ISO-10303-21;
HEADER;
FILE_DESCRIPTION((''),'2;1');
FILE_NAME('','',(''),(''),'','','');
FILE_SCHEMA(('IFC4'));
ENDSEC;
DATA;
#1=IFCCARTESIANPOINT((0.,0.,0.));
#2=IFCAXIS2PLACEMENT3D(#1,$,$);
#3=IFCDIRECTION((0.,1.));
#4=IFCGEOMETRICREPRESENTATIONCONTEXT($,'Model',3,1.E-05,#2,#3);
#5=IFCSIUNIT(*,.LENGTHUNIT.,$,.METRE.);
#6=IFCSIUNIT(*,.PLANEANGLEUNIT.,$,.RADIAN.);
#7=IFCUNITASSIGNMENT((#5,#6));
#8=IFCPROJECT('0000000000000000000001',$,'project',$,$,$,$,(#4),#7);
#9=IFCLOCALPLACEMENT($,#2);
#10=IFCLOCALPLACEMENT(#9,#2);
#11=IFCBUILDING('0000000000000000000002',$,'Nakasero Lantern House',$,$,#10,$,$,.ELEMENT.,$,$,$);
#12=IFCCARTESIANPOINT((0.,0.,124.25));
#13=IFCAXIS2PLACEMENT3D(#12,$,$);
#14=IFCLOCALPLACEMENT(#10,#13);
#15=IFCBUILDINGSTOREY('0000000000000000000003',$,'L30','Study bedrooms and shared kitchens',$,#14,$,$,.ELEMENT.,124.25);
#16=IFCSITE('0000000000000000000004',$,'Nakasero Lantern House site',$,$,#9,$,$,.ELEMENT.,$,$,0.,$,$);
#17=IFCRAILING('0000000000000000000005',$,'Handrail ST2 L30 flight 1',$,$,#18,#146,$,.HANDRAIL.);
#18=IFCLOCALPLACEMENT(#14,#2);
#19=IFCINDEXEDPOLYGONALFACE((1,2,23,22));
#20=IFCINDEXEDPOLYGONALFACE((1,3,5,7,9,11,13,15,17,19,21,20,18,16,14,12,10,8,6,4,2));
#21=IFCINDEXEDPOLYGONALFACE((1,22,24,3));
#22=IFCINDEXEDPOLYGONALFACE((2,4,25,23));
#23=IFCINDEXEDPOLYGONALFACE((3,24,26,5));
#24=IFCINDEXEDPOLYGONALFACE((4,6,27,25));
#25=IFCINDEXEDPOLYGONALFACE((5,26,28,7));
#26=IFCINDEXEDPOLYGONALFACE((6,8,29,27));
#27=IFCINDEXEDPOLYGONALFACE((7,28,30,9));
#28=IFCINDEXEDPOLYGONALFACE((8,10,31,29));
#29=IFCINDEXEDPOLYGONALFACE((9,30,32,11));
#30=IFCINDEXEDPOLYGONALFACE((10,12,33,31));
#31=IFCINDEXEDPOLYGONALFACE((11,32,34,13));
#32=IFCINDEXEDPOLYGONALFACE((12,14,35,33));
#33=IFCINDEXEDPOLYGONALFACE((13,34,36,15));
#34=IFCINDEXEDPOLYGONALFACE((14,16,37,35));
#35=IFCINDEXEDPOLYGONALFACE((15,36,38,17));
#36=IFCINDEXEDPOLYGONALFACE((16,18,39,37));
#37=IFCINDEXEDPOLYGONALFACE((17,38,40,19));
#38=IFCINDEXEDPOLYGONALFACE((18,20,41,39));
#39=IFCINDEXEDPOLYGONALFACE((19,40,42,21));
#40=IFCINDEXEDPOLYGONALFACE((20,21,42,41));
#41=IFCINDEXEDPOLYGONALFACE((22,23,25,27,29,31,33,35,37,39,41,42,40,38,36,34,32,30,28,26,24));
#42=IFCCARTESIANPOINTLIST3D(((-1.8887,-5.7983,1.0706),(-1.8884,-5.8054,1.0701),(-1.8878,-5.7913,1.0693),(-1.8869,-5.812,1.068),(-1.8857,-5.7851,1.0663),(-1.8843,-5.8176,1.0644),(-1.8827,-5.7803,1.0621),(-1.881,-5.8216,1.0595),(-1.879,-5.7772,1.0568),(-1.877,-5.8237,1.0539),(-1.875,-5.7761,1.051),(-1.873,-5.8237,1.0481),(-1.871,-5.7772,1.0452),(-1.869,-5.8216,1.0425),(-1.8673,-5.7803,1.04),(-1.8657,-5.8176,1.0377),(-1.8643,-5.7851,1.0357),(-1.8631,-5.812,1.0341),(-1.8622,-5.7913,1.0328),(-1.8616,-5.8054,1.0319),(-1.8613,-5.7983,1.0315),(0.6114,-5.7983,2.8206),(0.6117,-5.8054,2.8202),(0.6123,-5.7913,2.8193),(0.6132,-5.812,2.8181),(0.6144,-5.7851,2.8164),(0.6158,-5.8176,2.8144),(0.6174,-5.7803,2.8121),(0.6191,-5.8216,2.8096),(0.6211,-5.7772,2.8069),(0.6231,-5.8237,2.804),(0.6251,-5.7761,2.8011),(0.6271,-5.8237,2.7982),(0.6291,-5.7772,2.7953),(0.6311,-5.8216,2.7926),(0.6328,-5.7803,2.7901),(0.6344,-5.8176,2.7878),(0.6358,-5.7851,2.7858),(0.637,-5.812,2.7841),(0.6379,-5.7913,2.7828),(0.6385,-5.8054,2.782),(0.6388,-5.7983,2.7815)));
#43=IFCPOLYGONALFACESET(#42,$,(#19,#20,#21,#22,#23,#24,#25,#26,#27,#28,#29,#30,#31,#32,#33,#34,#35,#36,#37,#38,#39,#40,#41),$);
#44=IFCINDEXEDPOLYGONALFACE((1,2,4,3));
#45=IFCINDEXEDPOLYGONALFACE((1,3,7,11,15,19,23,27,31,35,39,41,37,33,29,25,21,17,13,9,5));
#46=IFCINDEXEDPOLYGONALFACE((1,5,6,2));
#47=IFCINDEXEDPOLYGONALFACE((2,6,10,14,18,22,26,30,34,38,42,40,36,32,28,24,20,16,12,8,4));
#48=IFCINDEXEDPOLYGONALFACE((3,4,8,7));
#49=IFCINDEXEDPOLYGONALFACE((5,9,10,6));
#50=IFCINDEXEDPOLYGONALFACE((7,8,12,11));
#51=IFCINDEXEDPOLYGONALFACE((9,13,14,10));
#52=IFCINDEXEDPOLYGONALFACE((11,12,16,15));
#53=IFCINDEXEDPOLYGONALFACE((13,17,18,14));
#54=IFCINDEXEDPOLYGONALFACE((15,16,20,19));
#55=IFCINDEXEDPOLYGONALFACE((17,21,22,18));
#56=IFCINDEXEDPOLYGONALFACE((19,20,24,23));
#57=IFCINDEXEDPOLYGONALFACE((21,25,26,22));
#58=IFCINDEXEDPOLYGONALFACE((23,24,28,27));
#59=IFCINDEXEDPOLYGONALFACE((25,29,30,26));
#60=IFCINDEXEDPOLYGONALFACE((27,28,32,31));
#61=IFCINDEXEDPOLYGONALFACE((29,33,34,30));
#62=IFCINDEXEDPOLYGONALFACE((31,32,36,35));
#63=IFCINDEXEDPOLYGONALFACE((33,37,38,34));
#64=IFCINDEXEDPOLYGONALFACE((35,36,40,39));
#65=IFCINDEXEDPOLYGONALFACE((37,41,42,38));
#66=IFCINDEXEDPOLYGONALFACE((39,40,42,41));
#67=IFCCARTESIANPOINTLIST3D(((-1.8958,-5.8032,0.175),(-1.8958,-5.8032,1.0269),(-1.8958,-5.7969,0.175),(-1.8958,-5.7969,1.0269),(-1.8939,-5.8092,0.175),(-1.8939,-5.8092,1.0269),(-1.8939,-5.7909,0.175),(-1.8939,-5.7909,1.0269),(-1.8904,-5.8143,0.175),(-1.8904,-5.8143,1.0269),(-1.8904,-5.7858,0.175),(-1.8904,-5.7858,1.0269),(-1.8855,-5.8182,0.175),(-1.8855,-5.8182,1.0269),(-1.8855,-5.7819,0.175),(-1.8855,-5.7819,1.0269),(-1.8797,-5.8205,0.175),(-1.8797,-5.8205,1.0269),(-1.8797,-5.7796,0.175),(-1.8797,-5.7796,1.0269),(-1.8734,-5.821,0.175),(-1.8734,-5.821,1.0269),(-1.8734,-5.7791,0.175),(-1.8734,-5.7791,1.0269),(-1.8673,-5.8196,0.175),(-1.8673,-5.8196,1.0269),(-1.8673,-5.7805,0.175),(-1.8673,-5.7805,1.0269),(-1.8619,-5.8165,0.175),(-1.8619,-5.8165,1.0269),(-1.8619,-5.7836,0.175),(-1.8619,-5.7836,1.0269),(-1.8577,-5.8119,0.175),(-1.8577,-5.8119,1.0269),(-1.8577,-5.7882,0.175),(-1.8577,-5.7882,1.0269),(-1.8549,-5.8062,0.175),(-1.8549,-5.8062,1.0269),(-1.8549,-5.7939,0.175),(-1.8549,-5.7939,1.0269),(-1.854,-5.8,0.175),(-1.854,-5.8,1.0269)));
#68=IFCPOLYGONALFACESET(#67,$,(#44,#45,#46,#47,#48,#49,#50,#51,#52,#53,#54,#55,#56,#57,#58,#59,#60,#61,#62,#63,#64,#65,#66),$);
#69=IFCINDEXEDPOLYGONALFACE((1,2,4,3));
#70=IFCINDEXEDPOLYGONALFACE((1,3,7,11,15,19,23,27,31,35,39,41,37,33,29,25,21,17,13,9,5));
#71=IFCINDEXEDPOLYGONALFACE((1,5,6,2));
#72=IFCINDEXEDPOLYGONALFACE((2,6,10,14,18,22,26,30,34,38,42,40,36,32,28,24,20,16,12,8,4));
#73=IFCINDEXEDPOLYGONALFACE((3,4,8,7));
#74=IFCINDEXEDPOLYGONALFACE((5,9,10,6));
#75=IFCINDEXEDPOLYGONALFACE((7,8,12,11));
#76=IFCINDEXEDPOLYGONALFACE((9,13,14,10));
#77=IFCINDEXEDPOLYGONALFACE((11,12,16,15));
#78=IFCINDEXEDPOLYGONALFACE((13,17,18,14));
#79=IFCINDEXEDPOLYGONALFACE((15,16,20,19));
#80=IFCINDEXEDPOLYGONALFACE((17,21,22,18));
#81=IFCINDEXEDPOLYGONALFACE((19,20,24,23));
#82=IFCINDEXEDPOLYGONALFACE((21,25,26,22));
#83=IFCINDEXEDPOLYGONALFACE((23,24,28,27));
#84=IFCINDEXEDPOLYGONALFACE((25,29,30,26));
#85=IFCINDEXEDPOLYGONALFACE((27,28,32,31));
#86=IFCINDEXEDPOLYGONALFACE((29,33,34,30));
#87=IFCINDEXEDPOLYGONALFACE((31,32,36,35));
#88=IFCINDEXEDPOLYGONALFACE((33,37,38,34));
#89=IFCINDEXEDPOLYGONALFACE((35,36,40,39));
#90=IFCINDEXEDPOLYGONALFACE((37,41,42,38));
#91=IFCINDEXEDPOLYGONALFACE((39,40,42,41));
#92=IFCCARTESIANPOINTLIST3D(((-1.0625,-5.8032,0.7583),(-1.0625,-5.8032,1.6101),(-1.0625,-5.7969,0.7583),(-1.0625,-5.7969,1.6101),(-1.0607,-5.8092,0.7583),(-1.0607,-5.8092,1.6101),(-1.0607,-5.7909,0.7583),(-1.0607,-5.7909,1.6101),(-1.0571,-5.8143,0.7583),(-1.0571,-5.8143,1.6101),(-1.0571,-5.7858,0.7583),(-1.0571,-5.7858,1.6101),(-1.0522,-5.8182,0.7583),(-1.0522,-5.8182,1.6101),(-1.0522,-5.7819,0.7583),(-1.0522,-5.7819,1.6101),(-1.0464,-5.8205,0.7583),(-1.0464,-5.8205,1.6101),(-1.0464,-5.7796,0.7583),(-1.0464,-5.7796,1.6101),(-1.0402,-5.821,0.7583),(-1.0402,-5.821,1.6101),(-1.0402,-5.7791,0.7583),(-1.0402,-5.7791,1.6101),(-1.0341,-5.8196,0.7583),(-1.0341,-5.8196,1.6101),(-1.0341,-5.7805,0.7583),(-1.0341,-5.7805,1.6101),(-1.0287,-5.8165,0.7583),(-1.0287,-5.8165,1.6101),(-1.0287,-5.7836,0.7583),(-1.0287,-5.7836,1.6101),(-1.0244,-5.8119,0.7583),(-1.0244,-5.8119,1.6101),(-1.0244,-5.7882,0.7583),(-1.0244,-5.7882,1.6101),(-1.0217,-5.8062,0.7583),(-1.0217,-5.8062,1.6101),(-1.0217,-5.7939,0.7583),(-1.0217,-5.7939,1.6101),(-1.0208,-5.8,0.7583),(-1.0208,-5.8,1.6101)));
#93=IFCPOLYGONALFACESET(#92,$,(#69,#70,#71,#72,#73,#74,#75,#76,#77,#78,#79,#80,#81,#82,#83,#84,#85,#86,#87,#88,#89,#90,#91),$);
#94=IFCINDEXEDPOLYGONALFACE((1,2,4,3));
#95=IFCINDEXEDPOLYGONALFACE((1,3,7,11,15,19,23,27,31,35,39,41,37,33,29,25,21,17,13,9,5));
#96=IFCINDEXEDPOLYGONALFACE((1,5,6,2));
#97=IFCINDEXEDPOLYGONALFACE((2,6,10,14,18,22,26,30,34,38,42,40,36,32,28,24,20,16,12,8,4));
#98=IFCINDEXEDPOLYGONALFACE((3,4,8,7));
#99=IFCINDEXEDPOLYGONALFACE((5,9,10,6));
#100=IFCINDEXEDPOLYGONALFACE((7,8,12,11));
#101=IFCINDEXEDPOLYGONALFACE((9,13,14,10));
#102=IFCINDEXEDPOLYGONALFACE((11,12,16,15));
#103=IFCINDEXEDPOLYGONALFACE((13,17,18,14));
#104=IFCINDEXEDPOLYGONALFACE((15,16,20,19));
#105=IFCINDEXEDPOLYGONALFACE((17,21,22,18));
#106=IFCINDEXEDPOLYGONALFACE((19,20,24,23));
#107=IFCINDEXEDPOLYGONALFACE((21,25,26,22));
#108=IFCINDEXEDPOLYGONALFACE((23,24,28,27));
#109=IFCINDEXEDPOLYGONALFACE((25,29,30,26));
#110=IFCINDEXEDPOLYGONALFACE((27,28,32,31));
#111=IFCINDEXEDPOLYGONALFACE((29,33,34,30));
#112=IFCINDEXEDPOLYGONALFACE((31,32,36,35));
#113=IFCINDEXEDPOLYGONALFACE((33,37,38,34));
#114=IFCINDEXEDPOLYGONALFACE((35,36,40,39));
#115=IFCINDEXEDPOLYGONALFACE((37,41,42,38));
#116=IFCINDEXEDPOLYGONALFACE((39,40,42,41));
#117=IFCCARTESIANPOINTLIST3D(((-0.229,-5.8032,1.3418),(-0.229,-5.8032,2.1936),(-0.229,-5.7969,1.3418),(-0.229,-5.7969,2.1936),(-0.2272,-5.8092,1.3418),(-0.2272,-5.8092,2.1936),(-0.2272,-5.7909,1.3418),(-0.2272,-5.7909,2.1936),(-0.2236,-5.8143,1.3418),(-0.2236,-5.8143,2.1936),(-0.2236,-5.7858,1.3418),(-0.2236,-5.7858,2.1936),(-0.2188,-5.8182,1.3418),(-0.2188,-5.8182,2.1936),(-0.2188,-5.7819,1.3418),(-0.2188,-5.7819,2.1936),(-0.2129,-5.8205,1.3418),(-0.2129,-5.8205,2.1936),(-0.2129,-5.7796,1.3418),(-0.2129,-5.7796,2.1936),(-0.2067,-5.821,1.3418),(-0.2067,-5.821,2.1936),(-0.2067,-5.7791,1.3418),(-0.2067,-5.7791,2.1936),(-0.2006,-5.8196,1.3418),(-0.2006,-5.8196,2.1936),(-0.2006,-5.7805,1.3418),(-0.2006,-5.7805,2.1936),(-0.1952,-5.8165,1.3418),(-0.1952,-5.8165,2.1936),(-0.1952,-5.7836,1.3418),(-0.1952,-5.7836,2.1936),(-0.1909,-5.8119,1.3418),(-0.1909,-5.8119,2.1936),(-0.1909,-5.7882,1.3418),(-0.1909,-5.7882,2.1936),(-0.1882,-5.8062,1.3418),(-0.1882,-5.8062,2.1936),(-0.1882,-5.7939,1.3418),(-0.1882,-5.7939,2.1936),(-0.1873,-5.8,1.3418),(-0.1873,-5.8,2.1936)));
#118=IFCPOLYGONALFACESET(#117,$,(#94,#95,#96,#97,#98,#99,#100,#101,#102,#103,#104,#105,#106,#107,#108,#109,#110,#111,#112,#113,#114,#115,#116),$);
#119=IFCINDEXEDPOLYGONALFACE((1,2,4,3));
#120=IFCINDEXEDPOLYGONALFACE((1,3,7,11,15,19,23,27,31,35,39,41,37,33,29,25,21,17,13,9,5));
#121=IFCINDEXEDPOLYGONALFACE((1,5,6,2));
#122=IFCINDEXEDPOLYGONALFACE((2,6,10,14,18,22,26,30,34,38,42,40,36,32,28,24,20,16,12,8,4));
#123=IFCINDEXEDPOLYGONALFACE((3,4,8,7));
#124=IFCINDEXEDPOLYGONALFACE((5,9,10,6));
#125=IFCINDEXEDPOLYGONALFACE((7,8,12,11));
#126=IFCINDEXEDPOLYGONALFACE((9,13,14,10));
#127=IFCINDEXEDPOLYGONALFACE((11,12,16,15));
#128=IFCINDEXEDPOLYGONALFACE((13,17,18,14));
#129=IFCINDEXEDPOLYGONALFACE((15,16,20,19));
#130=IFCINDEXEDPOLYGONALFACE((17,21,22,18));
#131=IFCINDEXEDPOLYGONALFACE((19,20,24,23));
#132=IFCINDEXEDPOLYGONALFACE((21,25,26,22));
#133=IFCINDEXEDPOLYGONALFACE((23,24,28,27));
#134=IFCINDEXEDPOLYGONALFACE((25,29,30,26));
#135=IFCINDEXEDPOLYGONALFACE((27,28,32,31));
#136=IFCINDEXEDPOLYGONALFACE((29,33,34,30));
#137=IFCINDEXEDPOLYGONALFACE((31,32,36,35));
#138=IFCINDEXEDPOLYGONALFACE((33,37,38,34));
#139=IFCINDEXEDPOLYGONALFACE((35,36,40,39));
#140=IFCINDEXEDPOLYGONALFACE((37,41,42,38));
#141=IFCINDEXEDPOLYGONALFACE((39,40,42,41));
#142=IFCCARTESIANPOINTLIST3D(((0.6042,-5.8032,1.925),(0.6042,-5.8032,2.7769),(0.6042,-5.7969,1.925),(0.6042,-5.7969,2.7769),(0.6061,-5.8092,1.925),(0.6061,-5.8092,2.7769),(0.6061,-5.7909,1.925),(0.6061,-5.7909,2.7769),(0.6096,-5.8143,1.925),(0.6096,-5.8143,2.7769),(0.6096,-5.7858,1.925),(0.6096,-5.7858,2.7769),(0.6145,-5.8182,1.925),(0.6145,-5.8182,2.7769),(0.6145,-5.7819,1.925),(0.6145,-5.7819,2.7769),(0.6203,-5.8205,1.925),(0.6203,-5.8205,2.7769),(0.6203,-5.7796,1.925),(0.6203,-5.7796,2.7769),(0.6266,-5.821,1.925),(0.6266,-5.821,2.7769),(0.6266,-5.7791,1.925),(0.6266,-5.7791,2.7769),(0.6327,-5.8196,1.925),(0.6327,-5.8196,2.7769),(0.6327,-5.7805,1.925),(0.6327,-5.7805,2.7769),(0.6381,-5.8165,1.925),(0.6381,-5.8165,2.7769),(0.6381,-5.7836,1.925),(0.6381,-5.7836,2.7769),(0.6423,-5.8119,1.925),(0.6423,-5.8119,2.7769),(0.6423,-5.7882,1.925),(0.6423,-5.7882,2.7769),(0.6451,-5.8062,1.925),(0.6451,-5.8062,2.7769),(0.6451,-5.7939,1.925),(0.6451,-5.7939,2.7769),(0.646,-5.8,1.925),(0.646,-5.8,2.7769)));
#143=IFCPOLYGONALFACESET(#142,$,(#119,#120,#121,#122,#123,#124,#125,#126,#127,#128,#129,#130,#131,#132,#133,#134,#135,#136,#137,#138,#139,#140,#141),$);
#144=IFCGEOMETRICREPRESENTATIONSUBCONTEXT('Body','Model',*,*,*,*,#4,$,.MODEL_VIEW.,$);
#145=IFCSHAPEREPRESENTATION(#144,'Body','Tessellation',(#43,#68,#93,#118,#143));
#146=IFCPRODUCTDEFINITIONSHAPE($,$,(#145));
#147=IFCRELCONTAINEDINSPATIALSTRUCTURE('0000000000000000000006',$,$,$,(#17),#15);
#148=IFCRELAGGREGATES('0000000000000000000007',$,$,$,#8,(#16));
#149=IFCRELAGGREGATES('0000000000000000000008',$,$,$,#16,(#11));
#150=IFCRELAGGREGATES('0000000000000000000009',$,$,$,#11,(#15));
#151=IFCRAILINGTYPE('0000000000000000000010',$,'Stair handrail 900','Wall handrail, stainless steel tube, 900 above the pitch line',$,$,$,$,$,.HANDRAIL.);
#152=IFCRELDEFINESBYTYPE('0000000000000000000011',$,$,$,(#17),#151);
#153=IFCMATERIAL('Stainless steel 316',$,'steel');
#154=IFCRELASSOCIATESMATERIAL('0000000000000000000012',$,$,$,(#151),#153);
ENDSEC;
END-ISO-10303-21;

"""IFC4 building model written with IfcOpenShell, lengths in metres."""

from ifc_helpers import new_model, si_unit, direction, frame, origin, origin_2d, place, context, subcontext, project, spatial, circle, extrude, material, type_object, element, save


model = new_model("IFC4")

# Units and contexts
model_context = context("Model", 3, precision=1e-05, world=origin(), true_north=direction((0.0, 1.0)))
body_context = subcontext(model_context, "Body", "Model", "MODEL_VIEW")
ifc_project = project(units=[si_unit("LENGTHUNIT", "METRE"), si_unit("PLANEANGLEUNIT", "RADIAN")], contexts=[model_context])

# Site, building, storey
site_placement = place(None, origin())
site = spatial("IfcSite", under=ifc_project, at=site_placement, Name="Nakasero Lantern House site", CompositionType="ELEMENT", RefElevation=0.0)
building_placement = place(site_placement, origin())
building = spatial("IfcBuilding", under=site, at=building_placement, Name="Nakasero Lantern House", CompositionType="ELEMENT")
storey_placement = place(building_placement, frame((0.0, 0.0, 124.25)))
storey = spatial("IfcBuildingStorey", under=building, at=storey_placement, Name="L30", Description="Study bedrooms and shared kitchens", CompositionType="ELEMENT", Elevation=124.25)

# Railing
ifc_material_1 = material(Name="Stainless steel 316", Category="steel")
railing_type = type_object("IfcRailingType", Name="Stair handrail 900", Description="Wall handrail, stainless steel tube, 900 above the pitch line", PredefinedType="HANDRAIL", material=ifc_material_1)
railing_placement = place(storey_placement, frame((-1.875, -5.8, 0.175)))
element("IfcRailing", 1, at=railing_placement, inside=storey, type_object=railing_type, Name="Handrail ST2 L30 flight 1", PredefinedType="HANDRAIL", context=body_context, shape_type="SweptSolid", body=[
    extrude(circle(Radius=0.0239, at=origin_2d()), frame((0.0, 0.0, 0.876), z_axis=(0.819232, 0.0, 0.573462), x_axis=(0.0, 1.0, 0.0)), (0.0, 0.0, 1.0), 3.0518),
    extrude(circle(Radius=0.021, at=origin_2d()), origin(), (0.0, 0.0, 1.0), 0.8518),
    extrude(circle(Radius=0.021, at=origin_2d()), frame((0.8333, 0.0, 0.5833)), (0.0, 0.0, 1.0), 0.8518),
    extrude(circle(Radius=0.021, at=origin_2d()), frame((1.6667, 0.0, 1.1667)), (0.0, 0.0, 1.0), 0.8518),
    extrude(circle(Radius=0.021, at=origin_2d()), frame((2.5, 0.0, 1.75)), (0.0, 0.0, 1.0), 0.8518),
])

save(model, "model.ifc")
